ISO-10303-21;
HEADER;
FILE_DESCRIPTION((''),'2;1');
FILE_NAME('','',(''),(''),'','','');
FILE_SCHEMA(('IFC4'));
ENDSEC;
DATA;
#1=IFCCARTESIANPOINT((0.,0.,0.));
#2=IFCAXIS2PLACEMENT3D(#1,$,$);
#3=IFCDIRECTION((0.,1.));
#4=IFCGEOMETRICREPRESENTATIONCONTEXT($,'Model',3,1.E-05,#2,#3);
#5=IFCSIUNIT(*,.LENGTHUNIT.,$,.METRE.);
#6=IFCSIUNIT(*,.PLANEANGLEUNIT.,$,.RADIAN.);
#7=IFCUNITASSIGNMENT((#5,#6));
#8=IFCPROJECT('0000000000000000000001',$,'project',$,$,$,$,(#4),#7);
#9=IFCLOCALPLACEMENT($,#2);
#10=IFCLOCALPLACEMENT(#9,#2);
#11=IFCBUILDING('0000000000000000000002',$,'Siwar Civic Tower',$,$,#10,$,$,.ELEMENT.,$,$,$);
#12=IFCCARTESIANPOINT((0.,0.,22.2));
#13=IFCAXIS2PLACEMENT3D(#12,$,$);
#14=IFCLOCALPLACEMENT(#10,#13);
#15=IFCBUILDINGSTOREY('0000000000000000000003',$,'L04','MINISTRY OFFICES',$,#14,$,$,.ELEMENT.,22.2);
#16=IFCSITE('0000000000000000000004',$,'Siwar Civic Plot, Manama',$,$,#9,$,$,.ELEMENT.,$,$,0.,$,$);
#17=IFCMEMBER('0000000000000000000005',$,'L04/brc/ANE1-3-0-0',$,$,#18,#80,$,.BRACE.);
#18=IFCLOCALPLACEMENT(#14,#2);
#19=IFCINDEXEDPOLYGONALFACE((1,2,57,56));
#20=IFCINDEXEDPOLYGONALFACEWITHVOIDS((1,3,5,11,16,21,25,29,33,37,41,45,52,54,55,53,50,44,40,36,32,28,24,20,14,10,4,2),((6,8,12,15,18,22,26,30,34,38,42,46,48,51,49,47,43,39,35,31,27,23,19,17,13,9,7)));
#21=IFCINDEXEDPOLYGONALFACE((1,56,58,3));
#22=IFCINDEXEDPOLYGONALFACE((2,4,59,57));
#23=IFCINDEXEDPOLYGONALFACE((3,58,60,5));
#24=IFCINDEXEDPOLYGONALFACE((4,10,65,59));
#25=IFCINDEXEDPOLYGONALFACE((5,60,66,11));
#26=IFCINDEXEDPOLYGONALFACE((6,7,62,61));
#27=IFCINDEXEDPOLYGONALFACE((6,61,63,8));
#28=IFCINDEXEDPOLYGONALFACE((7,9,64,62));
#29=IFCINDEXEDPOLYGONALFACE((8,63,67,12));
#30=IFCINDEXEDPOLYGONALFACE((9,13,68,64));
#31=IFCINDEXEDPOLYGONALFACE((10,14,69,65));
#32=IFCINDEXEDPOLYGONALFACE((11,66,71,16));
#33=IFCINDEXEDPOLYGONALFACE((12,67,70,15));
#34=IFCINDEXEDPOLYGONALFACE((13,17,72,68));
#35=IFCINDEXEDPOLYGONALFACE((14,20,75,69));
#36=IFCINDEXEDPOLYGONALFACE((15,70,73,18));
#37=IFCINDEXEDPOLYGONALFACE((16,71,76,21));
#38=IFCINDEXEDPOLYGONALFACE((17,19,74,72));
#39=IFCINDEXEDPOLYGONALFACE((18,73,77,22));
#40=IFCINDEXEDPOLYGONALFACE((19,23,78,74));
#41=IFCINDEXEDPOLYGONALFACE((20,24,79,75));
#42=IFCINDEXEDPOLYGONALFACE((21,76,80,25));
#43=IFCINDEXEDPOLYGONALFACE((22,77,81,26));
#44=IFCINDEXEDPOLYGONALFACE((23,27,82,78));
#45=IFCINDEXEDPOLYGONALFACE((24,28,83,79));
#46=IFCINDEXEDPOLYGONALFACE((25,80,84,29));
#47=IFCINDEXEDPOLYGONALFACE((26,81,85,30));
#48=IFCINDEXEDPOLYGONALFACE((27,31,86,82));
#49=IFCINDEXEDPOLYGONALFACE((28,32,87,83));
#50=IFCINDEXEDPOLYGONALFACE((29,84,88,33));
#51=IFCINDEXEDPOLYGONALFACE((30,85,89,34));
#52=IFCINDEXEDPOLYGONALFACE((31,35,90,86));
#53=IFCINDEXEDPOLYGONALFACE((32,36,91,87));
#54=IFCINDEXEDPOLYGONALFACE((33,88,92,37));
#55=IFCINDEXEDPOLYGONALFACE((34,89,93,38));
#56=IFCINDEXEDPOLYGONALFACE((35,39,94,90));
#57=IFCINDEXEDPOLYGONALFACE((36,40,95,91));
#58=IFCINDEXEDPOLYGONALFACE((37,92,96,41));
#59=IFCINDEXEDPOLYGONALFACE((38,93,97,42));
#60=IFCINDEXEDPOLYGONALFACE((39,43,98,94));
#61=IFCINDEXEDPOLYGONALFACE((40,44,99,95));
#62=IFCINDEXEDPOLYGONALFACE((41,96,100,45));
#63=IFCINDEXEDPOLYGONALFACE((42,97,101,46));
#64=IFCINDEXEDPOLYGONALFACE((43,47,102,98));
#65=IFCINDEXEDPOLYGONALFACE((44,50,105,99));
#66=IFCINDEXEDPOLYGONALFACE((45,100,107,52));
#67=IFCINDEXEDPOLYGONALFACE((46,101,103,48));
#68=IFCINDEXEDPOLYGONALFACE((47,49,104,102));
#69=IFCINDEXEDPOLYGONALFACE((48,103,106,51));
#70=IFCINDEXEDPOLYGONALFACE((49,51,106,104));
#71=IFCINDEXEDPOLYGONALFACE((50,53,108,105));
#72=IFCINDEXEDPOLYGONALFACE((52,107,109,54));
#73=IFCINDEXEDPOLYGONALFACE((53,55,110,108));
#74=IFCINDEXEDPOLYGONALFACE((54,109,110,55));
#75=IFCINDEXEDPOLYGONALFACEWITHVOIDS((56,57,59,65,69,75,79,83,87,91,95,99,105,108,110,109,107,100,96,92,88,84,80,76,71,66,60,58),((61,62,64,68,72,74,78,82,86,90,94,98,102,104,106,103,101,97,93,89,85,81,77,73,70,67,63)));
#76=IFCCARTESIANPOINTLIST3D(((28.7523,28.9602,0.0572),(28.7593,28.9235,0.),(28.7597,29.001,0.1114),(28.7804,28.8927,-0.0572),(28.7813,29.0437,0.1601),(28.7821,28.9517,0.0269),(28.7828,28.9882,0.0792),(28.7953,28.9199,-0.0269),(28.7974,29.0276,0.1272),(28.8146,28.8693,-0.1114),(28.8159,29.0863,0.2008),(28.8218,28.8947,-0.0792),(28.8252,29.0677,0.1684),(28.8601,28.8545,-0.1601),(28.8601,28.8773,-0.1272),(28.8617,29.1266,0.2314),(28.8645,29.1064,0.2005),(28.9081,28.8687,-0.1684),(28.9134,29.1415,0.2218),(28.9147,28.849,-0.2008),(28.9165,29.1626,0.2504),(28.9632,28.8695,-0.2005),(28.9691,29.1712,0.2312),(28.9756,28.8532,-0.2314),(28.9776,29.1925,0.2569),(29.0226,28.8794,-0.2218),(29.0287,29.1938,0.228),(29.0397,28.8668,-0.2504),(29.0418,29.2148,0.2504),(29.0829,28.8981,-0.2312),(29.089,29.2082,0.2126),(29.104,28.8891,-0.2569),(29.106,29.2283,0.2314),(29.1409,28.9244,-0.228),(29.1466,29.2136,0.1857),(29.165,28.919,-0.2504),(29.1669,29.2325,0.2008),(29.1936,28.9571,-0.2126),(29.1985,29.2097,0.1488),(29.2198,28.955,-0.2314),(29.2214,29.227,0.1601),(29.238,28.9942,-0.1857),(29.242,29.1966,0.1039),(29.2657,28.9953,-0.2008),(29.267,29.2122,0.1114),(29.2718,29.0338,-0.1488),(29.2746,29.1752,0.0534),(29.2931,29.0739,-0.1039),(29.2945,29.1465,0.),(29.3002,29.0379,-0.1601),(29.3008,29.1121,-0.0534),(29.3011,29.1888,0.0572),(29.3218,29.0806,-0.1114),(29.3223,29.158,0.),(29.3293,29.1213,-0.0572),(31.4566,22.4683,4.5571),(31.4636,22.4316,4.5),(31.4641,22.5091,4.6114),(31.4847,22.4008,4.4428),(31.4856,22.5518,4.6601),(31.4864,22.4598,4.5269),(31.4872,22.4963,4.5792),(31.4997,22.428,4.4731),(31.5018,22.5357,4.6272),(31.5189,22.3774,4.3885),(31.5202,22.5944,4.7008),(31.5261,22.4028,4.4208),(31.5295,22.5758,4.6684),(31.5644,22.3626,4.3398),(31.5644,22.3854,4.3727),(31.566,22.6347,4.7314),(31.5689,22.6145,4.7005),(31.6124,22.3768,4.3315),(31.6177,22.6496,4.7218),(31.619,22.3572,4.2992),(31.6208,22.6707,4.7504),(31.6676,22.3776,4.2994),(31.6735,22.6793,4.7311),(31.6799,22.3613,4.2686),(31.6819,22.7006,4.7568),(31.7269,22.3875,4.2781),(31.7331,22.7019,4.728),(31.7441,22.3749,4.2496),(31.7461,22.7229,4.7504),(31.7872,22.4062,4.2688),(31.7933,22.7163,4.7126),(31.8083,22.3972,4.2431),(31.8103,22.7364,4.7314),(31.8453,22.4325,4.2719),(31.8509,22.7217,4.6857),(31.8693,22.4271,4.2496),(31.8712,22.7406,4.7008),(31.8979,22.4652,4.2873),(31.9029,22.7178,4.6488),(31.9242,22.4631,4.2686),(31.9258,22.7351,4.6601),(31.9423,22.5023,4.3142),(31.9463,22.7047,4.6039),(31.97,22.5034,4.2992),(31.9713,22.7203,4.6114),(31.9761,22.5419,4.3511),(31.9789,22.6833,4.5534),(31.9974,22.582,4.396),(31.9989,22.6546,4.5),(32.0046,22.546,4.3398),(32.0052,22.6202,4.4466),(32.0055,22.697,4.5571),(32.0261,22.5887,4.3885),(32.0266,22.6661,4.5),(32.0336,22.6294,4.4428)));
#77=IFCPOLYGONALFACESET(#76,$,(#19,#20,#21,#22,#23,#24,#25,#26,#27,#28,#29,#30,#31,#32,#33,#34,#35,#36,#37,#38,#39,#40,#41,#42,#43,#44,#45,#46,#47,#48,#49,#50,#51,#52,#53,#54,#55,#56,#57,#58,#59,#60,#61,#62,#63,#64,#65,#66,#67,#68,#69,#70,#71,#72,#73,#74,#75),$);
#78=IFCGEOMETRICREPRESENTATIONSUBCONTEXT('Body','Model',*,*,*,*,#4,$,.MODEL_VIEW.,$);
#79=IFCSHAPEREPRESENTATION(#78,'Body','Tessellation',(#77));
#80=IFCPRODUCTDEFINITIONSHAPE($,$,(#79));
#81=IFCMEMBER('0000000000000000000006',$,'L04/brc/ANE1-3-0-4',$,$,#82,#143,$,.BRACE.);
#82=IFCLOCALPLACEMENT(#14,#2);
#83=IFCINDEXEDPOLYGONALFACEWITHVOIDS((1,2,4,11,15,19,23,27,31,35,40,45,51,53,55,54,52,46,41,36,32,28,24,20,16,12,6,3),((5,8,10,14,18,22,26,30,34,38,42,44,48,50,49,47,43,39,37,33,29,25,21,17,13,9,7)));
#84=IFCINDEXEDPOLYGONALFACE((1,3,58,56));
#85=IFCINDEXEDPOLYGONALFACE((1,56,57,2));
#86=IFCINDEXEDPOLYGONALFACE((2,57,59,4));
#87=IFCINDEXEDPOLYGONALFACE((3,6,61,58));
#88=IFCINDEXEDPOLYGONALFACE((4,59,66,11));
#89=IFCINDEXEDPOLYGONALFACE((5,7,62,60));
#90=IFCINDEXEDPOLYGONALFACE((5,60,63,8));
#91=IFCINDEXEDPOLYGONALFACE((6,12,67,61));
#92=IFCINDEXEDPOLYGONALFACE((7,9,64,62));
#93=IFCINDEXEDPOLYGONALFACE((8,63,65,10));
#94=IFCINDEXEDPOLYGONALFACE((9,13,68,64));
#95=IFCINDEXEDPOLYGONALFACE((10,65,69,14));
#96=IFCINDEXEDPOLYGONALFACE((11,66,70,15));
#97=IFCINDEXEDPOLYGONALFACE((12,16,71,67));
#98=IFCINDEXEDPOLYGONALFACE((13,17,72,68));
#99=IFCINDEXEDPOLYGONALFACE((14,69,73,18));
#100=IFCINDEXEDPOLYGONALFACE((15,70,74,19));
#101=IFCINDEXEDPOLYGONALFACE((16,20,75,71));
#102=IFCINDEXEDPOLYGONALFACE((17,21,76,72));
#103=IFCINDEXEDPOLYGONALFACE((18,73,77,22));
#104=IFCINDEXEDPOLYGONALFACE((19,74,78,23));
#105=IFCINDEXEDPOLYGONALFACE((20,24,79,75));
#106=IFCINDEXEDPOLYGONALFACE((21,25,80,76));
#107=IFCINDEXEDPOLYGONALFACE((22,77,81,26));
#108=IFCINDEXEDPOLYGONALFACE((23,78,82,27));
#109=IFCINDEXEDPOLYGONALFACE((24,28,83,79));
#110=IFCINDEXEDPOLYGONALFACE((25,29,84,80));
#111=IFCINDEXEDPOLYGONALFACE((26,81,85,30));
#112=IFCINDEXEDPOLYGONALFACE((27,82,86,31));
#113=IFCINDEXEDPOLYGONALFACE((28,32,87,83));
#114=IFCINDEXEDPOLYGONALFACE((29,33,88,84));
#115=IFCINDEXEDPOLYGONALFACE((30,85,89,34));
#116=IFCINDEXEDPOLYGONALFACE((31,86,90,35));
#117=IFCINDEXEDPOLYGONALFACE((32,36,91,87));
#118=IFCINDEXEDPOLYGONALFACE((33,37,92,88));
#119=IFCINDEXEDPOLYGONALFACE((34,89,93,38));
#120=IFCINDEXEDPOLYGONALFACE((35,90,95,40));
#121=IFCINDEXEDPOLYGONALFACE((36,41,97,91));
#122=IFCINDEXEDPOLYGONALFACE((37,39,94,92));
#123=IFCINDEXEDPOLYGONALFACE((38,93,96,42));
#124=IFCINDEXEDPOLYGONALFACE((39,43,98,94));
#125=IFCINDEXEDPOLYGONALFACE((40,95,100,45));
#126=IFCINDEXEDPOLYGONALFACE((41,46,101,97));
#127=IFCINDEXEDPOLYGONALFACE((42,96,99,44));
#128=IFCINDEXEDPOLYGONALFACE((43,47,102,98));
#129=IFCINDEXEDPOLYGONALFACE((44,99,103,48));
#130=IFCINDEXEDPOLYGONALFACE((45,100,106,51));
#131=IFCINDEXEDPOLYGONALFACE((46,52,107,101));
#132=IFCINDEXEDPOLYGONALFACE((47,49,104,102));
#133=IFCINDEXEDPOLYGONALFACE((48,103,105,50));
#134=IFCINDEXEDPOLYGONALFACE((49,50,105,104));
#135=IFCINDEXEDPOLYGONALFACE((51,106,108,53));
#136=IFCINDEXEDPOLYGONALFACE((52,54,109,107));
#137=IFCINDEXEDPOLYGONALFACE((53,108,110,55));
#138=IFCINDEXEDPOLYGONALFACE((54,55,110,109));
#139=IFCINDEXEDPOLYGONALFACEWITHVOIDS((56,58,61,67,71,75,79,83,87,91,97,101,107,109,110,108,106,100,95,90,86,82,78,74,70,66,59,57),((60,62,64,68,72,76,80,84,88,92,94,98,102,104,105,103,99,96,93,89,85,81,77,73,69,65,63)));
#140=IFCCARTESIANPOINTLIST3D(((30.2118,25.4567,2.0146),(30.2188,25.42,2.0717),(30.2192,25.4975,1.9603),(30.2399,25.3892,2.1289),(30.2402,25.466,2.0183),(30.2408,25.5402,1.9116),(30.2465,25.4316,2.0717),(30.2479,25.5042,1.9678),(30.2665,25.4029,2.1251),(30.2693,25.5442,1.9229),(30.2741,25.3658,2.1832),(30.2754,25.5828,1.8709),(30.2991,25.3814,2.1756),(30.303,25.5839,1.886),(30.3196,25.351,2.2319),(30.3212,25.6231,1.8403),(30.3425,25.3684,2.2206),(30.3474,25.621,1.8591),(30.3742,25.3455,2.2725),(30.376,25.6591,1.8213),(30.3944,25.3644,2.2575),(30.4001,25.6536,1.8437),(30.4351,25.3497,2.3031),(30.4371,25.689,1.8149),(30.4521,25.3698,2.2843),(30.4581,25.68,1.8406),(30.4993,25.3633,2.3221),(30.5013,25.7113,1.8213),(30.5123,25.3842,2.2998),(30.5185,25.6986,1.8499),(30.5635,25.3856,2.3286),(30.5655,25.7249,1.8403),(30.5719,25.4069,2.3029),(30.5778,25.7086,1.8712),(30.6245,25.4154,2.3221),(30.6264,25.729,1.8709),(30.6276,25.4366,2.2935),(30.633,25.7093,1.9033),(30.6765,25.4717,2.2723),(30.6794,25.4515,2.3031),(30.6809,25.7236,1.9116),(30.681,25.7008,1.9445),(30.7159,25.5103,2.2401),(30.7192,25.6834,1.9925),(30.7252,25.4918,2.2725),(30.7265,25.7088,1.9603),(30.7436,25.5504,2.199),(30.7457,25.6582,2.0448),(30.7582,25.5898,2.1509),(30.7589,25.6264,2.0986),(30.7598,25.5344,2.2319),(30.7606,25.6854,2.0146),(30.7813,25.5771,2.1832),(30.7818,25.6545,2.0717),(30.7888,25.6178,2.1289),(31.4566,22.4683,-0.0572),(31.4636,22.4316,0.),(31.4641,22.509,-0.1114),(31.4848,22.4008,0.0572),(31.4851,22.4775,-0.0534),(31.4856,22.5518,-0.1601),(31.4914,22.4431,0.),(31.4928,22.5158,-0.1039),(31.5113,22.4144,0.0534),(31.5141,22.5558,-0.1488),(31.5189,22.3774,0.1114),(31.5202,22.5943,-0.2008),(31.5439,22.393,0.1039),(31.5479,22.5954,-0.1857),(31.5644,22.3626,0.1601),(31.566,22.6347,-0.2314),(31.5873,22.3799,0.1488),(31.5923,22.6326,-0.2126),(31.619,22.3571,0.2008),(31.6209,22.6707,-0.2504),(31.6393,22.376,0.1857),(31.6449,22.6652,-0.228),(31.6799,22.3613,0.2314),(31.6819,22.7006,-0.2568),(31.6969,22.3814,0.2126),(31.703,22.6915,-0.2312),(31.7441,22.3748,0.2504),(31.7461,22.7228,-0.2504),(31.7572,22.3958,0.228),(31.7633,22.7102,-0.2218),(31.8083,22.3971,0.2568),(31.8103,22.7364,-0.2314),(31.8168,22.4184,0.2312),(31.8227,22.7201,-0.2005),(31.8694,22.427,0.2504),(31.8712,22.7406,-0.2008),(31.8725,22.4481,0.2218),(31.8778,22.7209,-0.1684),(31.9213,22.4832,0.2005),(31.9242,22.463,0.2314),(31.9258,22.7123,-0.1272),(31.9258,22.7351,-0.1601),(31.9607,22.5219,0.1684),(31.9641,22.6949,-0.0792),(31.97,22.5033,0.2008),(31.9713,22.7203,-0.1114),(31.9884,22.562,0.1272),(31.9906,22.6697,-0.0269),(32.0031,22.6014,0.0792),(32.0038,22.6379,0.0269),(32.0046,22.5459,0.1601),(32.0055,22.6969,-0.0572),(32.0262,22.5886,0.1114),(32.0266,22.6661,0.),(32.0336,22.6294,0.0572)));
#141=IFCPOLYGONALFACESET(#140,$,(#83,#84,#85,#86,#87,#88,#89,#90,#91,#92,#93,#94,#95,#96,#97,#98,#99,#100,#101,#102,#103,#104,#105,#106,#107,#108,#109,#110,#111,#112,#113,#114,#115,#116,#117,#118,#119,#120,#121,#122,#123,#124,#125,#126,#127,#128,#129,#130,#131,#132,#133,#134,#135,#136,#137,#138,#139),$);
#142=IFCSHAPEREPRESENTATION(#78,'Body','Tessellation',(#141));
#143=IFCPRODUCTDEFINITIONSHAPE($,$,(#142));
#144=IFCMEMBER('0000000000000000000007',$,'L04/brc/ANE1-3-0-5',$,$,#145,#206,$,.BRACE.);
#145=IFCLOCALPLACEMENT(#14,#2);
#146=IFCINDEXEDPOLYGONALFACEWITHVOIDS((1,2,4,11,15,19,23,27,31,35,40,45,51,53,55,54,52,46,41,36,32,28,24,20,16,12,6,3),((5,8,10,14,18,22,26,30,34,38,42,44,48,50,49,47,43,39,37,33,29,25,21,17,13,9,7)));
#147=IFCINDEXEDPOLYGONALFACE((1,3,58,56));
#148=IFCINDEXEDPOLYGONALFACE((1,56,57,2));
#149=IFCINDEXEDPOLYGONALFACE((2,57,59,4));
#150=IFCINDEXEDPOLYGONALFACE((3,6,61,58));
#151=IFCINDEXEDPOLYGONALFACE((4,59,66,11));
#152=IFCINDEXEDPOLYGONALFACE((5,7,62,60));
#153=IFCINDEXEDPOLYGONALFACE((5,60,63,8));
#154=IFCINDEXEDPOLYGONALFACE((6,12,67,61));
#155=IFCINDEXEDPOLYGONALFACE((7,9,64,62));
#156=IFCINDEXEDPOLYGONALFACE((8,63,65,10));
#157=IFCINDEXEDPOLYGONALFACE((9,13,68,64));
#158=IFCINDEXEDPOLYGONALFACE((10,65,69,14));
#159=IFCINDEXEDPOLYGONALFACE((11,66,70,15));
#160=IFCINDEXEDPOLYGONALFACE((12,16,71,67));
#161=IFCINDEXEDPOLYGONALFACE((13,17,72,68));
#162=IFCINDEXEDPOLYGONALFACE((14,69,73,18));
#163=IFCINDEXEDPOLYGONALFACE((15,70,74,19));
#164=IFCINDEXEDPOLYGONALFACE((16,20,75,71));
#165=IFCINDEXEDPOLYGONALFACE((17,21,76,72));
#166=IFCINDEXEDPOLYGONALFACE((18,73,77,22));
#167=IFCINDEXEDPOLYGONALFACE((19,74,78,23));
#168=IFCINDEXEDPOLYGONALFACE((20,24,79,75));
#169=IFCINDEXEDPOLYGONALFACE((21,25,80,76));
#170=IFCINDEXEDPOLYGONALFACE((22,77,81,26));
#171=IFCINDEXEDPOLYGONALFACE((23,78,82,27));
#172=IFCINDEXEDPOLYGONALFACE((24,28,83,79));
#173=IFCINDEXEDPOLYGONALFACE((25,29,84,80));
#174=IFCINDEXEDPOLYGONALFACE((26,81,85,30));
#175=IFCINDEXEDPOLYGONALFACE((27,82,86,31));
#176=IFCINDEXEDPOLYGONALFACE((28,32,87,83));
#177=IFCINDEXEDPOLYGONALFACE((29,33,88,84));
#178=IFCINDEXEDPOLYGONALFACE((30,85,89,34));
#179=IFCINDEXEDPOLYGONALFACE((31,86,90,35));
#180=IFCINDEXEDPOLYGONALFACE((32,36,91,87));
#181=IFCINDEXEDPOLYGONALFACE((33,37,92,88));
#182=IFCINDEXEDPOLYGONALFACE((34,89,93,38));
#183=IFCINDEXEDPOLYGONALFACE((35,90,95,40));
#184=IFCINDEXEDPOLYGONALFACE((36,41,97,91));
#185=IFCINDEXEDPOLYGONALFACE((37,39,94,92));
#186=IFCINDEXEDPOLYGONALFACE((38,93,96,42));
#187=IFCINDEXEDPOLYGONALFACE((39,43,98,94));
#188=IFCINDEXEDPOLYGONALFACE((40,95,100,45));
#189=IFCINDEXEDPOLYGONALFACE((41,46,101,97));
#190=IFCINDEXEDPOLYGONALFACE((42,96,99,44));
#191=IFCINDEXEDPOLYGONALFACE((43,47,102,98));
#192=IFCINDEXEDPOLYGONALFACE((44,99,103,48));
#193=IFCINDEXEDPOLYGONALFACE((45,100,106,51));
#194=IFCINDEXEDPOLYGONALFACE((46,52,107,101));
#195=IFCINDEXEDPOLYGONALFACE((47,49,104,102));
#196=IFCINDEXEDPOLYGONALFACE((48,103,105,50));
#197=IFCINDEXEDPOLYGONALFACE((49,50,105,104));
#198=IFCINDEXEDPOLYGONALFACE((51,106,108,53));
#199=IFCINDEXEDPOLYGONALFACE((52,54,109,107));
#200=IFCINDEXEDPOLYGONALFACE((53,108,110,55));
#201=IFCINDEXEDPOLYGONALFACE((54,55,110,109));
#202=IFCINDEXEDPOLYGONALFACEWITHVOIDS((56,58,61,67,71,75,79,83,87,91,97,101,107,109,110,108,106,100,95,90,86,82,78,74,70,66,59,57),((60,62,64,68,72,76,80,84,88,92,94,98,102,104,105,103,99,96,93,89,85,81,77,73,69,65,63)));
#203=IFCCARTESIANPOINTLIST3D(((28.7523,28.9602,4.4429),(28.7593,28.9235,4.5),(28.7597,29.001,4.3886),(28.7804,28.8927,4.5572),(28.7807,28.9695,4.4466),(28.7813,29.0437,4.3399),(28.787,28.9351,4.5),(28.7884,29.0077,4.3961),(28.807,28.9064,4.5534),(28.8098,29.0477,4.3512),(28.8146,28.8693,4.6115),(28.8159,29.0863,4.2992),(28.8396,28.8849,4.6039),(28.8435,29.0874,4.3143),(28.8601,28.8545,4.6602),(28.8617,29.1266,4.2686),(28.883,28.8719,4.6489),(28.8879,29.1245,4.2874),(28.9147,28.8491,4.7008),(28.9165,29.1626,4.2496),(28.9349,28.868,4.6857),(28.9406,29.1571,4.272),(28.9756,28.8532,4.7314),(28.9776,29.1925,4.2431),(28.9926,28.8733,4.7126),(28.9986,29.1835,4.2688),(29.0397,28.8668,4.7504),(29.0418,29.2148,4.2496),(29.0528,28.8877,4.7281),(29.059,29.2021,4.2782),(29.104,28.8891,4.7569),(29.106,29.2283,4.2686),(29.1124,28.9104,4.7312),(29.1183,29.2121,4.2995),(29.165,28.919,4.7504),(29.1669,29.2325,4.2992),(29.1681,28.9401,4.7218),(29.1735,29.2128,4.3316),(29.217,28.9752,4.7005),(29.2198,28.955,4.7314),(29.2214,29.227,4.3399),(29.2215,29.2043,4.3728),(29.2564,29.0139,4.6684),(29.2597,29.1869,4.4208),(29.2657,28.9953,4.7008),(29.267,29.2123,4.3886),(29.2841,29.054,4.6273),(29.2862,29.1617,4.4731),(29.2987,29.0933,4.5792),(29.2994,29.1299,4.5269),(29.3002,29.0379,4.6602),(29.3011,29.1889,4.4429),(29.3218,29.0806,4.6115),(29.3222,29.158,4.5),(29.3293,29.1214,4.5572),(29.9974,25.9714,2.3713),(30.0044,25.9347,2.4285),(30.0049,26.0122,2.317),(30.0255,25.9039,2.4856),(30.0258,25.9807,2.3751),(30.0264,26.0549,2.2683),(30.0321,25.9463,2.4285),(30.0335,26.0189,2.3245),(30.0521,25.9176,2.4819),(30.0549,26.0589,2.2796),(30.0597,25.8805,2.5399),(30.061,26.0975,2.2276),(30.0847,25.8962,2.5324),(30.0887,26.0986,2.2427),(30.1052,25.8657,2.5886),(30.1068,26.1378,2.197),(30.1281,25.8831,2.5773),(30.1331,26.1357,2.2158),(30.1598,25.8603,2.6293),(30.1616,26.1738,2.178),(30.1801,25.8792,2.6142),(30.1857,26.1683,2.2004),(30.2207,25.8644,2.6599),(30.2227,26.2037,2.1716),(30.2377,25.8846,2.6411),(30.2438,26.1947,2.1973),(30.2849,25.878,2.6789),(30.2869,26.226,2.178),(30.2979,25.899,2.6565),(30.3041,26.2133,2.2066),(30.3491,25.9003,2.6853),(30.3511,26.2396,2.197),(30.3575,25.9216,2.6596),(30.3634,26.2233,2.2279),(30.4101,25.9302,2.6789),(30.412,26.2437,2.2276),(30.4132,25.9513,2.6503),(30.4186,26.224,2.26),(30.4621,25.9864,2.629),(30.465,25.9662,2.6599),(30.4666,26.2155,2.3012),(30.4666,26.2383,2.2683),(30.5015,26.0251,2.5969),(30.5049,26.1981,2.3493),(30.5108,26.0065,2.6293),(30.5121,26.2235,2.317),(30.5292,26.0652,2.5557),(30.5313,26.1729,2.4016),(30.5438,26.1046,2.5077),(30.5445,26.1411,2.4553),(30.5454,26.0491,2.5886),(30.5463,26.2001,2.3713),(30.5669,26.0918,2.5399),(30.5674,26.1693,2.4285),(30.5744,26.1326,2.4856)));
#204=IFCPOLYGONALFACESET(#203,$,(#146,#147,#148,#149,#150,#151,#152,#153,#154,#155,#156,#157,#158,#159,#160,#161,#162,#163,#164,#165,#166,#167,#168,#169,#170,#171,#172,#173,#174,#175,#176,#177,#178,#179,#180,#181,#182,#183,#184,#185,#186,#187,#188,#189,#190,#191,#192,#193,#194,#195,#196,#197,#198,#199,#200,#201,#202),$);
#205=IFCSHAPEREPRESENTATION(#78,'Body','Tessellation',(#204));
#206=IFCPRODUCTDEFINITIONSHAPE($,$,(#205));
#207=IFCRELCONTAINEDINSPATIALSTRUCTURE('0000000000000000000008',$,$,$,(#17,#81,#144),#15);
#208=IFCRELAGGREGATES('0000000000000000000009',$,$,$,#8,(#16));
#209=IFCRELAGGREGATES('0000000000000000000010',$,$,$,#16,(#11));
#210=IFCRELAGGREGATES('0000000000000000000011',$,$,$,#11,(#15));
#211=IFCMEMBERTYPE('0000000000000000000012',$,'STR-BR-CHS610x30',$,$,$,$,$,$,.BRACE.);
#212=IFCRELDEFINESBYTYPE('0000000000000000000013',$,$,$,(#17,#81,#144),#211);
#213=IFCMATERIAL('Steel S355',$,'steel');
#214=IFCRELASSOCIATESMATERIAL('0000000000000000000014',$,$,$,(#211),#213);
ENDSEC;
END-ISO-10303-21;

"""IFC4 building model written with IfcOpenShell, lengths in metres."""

from ifc_helpers import new_model, si_unit, direction, frame, origin, origin_2d, place, context, subcontext, project, spatial, hollow_circle, extrude, material, material_profile, profile_set, type_object, element, save


model = new_model("IFC4")

# Units and contexts
model_context = context("Model", 3, precision=1e-05, world=origin(), true_north=direction((0.0, 1.0)))
body_context = subcontext(model_context, "Body", "Model", "MODEL_VIEW")
ifc_project = project(units=[si_unit("LENGTHUNIT", "METRE"), si_unit("PLANEANGLEUNIT", "RADIAN")], contexts=[model_context])

# Site, building, storey
site_placement = place(None, origin())
site = spatial("IfcSite", under=ifc_project, at=site_placement, Name="Siwar Civic Plot, Manama", CompositionType="ELEMENT", RefElevation=0.0)
building_placement = place(site_placement, origin())
building = spatial("IfcBuilding", under=site, at=building_placement, Name="Siwar Civic Tower", CompositionType="ELEMENT")
storey_placement = place(building_placement, frame((0.0, 0.0, 22.2)))
storey = spatial("IfcBuildingStorey", under=building, at=storey_placement, Name="L04", Description="MINISTRY OFFICES", CompositionType="ELEMENT", Elevation=22.2)

# Members
ifc_material_1 = material(Name="Steel S355", Category="steel")
ifc_material_profile_1 = material_profile(ifc_material_1, hollow_circle(Radius=0.3049, WallThickness=0.03, at=origin_2d()), Name="CHS610x30")
ifc_profile_set_1 = profile_set([ifc_material_profile_1], Name="Steel S355")
member_type_1 = type_object("IfcMemberType", Name="STR-BR-CHS610x30", PredefinedType="BRACE", material=ifc_profile_set_1)
member_1_placement = place(storey_placement, frame((29.0408, 29.0408, 0.0), z_axis=(0.323906, -0.777555, 0.538975), x_axis=(0.923109, 0.384539, 0.0)))
element("IfcMember", 1, at=member_1_placement, inside=storey, type_object=member_type_1, Name="L04/brc/ANE1-3-0-0", PredefinedType="BRACE", context=body_context, shape_type="SweptSolid", body=[
    extrude(hollow_circle(Radius=0.3049, WallThickness=0.03, at=origin_2d()), origin(), (0.0, 0.0, 1.0), 8.3491),
])
member_2_placement = place(storey_placement, frame((31.7451, 22.5488, 0.0), z_axis=(-0.323882, 0.777533, 0.53902), x_axis=(-0.923115, -0.384524, 0.0)))
element("IfcMember", 2, at=member_2_placement, inside=storey, type_object=member_type_1, Name="L04/brc/ANE1-3-0-4", PredefinedType="BRACE", context=body_context, shape_type="SweptSolid", body=[
    extrude(hollow_circle(Radius=0.3049, WallThickness=0.03, at=origin_2d()), origin(), (0.0, 0.0, 1.0), 3.8435),
])
member_3_placement = place(storey_placement, frame((30.2859, 26.052, 2.4285), z_axis=(-0.323934, 0.777569, 0.538937), x_axis=(-0.923099, -0.384562, 0.0)))
element("IfcMember", 3, at=member_3_placement, inside=storey, type_object=member_type_1, Name="L04/brc/ANE1-3-0-5", PredefinedType="BRACE", context=body_context, shape_type="SweptSolid", body=[
    extrude(hollow_circle(Radius=0.3049, WallThickness=0.03, at=origin_2d()), origin(), (0.0, 0.0, 1.0), 3.8438),
])

save(model, "model.ifc")
